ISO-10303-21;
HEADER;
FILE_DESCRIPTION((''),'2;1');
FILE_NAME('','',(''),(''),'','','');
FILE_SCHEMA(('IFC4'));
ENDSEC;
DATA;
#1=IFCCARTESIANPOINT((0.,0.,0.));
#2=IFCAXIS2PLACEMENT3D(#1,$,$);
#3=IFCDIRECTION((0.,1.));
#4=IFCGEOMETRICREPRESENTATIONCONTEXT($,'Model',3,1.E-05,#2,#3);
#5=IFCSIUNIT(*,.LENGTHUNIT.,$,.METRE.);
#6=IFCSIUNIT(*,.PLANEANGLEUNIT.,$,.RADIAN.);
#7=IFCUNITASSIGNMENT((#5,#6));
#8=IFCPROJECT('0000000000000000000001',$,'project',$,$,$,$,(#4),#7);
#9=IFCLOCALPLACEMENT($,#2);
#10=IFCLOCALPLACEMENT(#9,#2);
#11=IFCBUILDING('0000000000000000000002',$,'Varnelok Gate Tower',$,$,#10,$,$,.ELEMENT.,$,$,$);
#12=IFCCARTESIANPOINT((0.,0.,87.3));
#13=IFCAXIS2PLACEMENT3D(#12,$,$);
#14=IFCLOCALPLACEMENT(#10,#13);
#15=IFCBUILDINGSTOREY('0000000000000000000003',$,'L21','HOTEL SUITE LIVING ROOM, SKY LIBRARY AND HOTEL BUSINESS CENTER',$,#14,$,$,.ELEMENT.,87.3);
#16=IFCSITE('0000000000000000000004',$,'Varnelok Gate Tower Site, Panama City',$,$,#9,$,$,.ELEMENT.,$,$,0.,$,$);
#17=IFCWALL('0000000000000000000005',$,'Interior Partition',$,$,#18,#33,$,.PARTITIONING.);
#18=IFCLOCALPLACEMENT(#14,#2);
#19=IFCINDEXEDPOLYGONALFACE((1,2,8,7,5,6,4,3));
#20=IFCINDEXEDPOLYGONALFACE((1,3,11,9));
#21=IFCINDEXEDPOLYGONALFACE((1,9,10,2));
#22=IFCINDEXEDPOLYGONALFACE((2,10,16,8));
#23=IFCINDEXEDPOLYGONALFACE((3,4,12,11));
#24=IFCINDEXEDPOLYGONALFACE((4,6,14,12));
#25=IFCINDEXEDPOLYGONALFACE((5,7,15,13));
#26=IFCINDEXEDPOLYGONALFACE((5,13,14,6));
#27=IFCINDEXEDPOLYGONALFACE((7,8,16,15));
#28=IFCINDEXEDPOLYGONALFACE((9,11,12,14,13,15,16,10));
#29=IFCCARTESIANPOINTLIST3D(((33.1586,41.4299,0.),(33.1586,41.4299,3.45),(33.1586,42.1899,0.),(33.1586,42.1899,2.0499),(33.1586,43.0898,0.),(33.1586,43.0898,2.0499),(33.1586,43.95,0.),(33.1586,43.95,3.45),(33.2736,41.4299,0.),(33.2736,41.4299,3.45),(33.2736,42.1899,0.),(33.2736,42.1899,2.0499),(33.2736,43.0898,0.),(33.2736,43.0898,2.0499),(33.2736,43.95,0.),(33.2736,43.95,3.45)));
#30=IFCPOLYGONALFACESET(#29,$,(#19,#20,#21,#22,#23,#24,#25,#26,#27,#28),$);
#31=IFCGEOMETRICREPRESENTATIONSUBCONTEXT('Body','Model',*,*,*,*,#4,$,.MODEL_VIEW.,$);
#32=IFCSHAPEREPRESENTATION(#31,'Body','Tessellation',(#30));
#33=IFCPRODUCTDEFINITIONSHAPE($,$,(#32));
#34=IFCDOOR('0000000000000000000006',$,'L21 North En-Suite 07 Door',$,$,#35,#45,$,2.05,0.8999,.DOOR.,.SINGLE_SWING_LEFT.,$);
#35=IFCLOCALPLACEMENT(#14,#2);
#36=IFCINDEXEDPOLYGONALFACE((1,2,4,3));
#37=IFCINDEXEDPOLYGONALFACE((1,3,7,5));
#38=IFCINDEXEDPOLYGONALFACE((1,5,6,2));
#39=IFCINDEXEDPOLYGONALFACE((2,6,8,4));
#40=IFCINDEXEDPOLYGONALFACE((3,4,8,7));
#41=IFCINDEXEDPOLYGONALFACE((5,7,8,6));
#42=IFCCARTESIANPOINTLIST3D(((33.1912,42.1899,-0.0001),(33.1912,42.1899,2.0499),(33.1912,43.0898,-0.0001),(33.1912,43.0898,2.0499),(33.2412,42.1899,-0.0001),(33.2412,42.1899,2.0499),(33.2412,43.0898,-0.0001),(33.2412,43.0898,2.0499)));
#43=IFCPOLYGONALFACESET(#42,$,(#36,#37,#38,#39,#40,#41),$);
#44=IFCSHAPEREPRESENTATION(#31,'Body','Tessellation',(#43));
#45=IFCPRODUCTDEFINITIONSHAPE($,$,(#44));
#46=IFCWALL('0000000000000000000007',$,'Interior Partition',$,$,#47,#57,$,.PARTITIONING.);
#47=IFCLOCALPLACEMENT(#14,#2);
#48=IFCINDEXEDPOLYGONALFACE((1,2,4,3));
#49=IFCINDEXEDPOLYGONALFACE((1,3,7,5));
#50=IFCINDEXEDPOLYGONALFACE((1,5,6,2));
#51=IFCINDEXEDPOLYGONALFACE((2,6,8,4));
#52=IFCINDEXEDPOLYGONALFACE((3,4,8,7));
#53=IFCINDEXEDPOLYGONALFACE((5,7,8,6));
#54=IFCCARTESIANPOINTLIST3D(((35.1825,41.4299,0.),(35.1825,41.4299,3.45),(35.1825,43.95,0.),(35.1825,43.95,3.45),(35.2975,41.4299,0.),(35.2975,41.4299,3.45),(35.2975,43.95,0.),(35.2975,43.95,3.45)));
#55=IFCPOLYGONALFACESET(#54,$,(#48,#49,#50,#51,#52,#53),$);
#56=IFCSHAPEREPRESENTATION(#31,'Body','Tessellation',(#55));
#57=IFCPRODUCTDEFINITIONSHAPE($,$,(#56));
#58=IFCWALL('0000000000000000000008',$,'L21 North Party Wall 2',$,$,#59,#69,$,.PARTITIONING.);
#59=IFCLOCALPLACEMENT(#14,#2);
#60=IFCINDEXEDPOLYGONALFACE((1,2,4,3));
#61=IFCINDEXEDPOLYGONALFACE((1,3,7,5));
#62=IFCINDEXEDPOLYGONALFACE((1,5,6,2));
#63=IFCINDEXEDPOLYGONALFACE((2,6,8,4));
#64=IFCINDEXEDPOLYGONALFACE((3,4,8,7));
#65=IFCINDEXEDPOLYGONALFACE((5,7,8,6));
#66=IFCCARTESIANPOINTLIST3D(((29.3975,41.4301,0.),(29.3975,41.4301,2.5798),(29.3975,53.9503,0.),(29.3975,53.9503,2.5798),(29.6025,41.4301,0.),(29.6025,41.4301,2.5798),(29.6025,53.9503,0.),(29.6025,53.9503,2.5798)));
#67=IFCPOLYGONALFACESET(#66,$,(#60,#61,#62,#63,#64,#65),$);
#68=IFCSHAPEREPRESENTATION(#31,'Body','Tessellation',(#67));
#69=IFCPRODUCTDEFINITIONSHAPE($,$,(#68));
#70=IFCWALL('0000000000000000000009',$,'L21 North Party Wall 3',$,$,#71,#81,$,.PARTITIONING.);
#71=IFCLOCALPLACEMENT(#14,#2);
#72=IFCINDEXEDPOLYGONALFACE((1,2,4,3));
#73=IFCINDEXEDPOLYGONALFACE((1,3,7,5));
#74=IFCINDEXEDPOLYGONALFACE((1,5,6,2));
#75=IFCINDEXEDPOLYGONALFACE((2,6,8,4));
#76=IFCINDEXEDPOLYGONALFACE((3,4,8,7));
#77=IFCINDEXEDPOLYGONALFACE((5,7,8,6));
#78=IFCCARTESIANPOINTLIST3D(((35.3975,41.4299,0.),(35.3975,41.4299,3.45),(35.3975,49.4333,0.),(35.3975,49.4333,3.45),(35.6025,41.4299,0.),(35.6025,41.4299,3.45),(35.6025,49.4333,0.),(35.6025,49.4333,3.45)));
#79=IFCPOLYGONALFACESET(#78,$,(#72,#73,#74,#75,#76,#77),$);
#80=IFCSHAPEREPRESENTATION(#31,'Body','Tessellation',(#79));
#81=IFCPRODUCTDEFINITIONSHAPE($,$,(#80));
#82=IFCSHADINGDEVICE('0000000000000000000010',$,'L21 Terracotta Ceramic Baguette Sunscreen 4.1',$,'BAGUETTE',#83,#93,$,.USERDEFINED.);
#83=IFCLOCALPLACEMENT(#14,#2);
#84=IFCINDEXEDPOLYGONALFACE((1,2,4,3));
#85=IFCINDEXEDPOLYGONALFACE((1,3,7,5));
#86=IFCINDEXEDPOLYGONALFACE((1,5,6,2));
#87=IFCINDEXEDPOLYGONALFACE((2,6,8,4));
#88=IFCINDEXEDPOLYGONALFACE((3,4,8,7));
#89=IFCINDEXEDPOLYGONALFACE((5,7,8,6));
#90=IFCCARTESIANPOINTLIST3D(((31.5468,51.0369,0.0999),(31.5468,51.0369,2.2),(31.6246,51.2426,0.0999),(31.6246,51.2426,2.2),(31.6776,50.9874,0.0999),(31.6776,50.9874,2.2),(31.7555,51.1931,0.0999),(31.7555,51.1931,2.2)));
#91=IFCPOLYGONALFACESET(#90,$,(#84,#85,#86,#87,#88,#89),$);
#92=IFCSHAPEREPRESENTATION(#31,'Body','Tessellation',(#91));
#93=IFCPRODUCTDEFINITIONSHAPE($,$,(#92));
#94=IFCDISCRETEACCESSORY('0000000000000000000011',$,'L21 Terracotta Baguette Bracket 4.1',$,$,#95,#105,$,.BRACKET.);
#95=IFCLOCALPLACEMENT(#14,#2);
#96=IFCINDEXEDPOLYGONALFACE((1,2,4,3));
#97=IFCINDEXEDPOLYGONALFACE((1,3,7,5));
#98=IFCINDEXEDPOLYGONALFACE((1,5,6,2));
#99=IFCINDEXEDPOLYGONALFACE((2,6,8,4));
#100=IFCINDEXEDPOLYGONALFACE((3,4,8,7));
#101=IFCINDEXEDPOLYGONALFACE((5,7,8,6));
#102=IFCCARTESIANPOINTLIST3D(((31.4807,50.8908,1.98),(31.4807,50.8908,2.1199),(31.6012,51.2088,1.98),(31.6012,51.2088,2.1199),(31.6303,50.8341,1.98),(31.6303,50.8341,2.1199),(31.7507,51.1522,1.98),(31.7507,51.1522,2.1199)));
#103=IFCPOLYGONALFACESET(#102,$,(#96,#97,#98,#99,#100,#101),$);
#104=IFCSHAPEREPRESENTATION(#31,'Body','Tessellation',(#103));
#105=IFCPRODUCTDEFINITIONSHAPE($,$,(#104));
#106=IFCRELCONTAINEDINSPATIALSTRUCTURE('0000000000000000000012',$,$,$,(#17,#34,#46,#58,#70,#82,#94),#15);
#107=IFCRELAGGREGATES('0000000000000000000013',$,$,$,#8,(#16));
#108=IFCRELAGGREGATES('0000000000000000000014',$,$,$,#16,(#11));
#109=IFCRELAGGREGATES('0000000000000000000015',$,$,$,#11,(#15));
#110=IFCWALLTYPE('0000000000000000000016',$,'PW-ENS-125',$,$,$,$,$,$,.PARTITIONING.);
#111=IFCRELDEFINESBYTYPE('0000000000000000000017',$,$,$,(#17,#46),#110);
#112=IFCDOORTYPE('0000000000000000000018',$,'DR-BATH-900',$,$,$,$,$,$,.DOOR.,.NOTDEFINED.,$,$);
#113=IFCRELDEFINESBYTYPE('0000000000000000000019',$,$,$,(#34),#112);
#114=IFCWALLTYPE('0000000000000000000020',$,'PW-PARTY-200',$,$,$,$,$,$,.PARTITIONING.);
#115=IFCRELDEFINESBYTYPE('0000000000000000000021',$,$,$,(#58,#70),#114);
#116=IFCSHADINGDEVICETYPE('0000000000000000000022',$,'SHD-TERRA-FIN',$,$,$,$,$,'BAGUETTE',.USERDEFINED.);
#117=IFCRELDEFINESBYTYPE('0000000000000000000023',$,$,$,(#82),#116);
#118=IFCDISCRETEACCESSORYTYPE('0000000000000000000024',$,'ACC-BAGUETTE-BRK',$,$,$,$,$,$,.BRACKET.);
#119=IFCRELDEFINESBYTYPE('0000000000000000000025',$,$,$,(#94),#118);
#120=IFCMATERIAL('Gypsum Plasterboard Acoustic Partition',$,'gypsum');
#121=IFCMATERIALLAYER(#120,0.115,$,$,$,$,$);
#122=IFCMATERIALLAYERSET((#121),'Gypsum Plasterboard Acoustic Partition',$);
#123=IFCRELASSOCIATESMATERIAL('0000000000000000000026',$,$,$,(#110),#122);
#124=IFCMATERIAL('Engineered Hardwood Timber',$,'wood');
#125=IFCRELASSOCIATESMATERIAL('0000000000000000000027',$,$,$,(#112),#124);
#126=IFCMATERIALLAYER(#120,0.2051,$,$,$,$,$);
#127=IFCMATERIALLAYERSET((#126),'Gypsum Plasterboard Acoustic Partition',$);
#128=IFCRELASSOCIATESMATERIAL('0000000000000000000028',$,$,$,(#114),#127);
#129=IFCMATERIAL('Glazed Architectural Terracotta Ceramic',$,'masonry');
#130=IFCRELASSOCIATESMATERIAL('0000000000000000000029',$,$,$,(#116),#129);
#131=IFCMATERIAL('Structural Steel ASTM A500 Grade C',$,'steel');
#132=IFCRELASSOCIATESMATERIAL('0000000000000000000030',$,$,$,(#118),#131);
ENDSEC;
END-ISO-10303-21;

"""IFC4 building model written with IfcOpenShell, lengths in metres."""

from ifc_helpers import new_model, si_unit, direction, frame, frame_2d, origin, origin_2d, place, context, subcontext, project, spatial, rectangle, extrude, source, transform, mapped, material, layer, layer_set, type_object, element, fill, save


model = new_model("IFC4")

# Units and contexts
model_context = context("Model", 3, precision=1e-05, world=origin(), true_north=direction((0.0, 1.0)))
body_context = subcontext(model_context, "Body", "Model", "MODEL_VIEW")
ifc_project = project(units=[si_unit("LENGTHUNIT", "METRE"), si_unit("PLANEANGLEUNIT", "RADIAN")], contexts=[model_context])

# Site, building, storey
site_placement = place(None, origin())
site = spatial("IfcSite", under=ifc_project, at=site_placement, Name="Varnelok Gate Tower Site, Panama City", CompositionType="ELEMENT", RefElevation=0.0)
building_placement = place(site_placement, origin())
building = spatial("IfcBuilding", under=site, at=building_placement, Name="Varnelok Gate Tower", CompositionType="ELEMENT")
storey_placement = place(building_placement, frame((0.0, 0.0, 87.3)))
storey = spatial("IfcBuildingStorey", under=building, at=storey_placement, Name="L21", Description="HOTEL SUITE LIVING ROOM, SKY LIBRARY AND HOTEL BUSINESS CENTER", CompositionType="ELEMENT", Elevation=87.3)

# Shared definitions
ifc_material_1 = material(Name="Gypsum Plasterboard Acoustic Partition", Category="gypsum")
ifc_material_2 = material(Name="Engineered Hardwood Timber", Category="wood")

# Shared definitions
ifc_layer_1 = layer(ifc_material_1, 0.115)
ifc_layer_set_1 = layer_set([ifc_layer_1], Name="Gypsum Plasterboard Acoustic Partition")
wall_type_1 = type_object("IfcWallType", Name="PW-ENS-125", PredefinedType="PARTITIONING", material=ifc_layer_set_1)

# Wall, opening, door
wall_1_placement = place(storey_placement, frame((33.2161, 41.4299, 0.0), z_axis=(0.0, 0.0, 1.0), x_axis=(0.0, 1.0, 0.0)))
wall_1 = element("IfcWall", 1, at=wall_1_placement, inside=storey, type_object=wall_type_1, Name="Interior Partition", PredefinedType="PARTITIONING", context=body_context, shape_type="SweptSolid", body=[
    extrude(rectangle(XDim=2.52, YDim=0.115, at=frame_2d((1.26, 0.0))), origin(), (0.0, 0.0, 1.0), 3.45),
])
opening_1_placement = place(wall_1_placement, frame((0.76, 0.0, 0.0)))
opening_1 = element("IfcOpeningElement", 2, at=opening_1_placement, cuts=wall_1, PredefinedType="OPENING", context=body_context, shape_type="SweptSolid", body=[
    extrude(rectangle(XDim=0.8999, YDim=2.05, at=frame_2d((0.45, 1.0249))), frame((0.0, 0.0674, 0.0), z_axis=(0.0, -1.0, 0.0), x_axis=(1.0, 0.0, 0.0)), (0.0, 0.0, 1.0), 0.135),
])
door_type_1 = type_object("IfcDoorType", Name="DR-BATH-900", OperationType="NOTDEFINED", PredefinedType="DOOR", material=ifc_material_2)
door_1_placement = place(opening_1_placement, origin())
door_1 = element("IfcDoor", 3, at=door_1_placement, inside=storey, type_object=door_type_1, Name="L21 North En-Suite 07 Door", OperationType="SINGLE_SWING_LEFT", OverallHeight=2.05, OverallWidth=0.8999, PredefinedType="DOOR", context=body_context, shape_type="SweptSolid", body=[
    extrude(rectangle(XDim=0.8999, YDim=2.05, at=frame_2d((0.45, 1.0249))), frame((0.0, 0.0249, 0.0), z_axis=(0.0, -1.0, 0.0), x_axis=(1.0, 0.0, 0.0)), (0.0, 0.0, 1.0), 0.05),
])
fill(opening_1, door_1)

# Walls
wall_2_placement = place(storey_placement, frame((35.24, 41.4299, 0.0), z_axis=(0.0, 0.0, 1.0), x_axis=(0.0, 1.0, 0.0)))
element("IfcWall", 4, at=wall_2_placement, inside=storey, type_object=wall_type_1, Name="Interior Partition", PredefinedType="PARTITIONING", context=body_context, shape_type="SweptSolid", body=[
    extrude(rectangle(XDim=2.52, YDim=0.115, at=frame_2d((1.26, 0.0))), origin(), (0.0, 0.0, 1.0), 3.45),
])
ifc_layer_2 = layer(ifc_material_1, 0.2051)
ifc_layer_set_2 = layer_set([ifc_layer_2], Name="Gypsum Plasterboard Acoustic Partition")
wall_type_2 = type_object("IfcWallType", Name="PW-PARTY-200", PredefinedType="PARTITIONING", material=ifc_layer_set_2)
wall_3_placement = place(storey_placement, frame((29.5, 41.4299, 0.0), z_axis=(0.0, 0.0, 1.0), x_axis=(0.0, 1.0, 0.0)))
element("IfcWall", 5, at=wall_3_placement, inside=storey, type_object=wall_type_2, Name="L21 North Party Wall 2", PredefinedType="PARTITIONING", context=body_context, shape_type="SweptSolid", body=[
    extrude(rectangle(XDim=12.5203, YDim=0.2051, at=frame_2d((6.2603, 0.0))), origin(), (0.0, 0.0, 1.0), 2.5798),
])
wall_4_placement = place(storey_placement, frame((35.5, 41.4299, 0.0), z_axis=(0.0, 0.0, 1.0), x_axis=(0.0, 1.0, 0.0)))
element("IfcWall", 6, at=wall_4_placement, inside=storey, type_object=wall_type_2, Name="L21 North Party Wall 3", PredefinedType="PARTITIONING", context=body_context, shape_type="SweptSolid", body=[
    extrude(rectangle(XDim=8.0034, YDim=0.2051, at=frame_2d((4.0017, 0.0))), origin(), (0.0, 0.0, 1.0), 3.45),
])

# Shading device
ifc_material_3 = material(Name="Glazed Architectural Terracotta Ceramic", Category="masonry")
shading_device_type = type_object("IfcShadingDeviceType", Name="SHD-TERRA-FIN", ElementType="BAGUETTE", PredefinedType="USERDEFINED", material=ifc_material_3)
shared_shape_1 = source(origin(), body_context, "Body", "SweptSolid", [
    extrude(rectangle(XDim=0.1399, YDim=0.22, at=origin_2d()), origin(), (0.0, 0.0, 1.0), 2.1001),
])
shading_device_placement = place(storey_placement, frame((31.6511, 51.115, 0.0999), z_axis=(0.0, 0.0, 1.0), x_axis=(0.935222, -0.354063, 0.0)))
element("IfcShadingDevice", 7, at=shading_device_placement, inside=storey, type_object=shading_device_type, Name="L21 Terracotta Ceramic Baguette Sunscreen 4.1", ObjectType="BAGUETTE", PredefinedType="USERDEFINED", context=body_context, shape_type="MappedRepresentation", body=[
    mapped(shared_shape_1, transform((0.0, 0.0, 0.0), scale=1.0)),
])

# Discrete accessory
ifc_material_4 = material(Name="Structural Steel ASTM A500 Grade C", Category="steel")
discrete_accessory_type = type_object("IfcDiscreteAccessoryType", Name="ACC-BAGUETTE-BRK", PredefinedType="BRACKET", material=ifc_material_4)
shared_shape_2 = source(origin(), body_context, "Body", "SweptSolid", [
    extrude(rectangle(XDim=0.1599, YDim=0.3401, at=origin_2d()), origin(), (0.0, 0.0, 1.0), 0.1399),
])
discrete_accessory_placement = place(storey_placement, frame((31.6157, 51.0215, 1.98), z_axis=(0.0, 0.0, 1.0), x_axis=(0.935222, -0.354063, 0.0)))
element("IfcDiscreteAccessory", 8, at=discrete_accessory_placement, inside=storey, type_object=discrete_accessory_type, Name="L21 Terracotta Baguette Bracket 4.1", PredefinedType="BRACKET", context=body_context, shape_type="MappedRepresentation", body=[
    mapped(shared_shape_2, transform((0.0, 0.0, 0.0), scale=1.0)),
])

save(model, "model.ifc")
